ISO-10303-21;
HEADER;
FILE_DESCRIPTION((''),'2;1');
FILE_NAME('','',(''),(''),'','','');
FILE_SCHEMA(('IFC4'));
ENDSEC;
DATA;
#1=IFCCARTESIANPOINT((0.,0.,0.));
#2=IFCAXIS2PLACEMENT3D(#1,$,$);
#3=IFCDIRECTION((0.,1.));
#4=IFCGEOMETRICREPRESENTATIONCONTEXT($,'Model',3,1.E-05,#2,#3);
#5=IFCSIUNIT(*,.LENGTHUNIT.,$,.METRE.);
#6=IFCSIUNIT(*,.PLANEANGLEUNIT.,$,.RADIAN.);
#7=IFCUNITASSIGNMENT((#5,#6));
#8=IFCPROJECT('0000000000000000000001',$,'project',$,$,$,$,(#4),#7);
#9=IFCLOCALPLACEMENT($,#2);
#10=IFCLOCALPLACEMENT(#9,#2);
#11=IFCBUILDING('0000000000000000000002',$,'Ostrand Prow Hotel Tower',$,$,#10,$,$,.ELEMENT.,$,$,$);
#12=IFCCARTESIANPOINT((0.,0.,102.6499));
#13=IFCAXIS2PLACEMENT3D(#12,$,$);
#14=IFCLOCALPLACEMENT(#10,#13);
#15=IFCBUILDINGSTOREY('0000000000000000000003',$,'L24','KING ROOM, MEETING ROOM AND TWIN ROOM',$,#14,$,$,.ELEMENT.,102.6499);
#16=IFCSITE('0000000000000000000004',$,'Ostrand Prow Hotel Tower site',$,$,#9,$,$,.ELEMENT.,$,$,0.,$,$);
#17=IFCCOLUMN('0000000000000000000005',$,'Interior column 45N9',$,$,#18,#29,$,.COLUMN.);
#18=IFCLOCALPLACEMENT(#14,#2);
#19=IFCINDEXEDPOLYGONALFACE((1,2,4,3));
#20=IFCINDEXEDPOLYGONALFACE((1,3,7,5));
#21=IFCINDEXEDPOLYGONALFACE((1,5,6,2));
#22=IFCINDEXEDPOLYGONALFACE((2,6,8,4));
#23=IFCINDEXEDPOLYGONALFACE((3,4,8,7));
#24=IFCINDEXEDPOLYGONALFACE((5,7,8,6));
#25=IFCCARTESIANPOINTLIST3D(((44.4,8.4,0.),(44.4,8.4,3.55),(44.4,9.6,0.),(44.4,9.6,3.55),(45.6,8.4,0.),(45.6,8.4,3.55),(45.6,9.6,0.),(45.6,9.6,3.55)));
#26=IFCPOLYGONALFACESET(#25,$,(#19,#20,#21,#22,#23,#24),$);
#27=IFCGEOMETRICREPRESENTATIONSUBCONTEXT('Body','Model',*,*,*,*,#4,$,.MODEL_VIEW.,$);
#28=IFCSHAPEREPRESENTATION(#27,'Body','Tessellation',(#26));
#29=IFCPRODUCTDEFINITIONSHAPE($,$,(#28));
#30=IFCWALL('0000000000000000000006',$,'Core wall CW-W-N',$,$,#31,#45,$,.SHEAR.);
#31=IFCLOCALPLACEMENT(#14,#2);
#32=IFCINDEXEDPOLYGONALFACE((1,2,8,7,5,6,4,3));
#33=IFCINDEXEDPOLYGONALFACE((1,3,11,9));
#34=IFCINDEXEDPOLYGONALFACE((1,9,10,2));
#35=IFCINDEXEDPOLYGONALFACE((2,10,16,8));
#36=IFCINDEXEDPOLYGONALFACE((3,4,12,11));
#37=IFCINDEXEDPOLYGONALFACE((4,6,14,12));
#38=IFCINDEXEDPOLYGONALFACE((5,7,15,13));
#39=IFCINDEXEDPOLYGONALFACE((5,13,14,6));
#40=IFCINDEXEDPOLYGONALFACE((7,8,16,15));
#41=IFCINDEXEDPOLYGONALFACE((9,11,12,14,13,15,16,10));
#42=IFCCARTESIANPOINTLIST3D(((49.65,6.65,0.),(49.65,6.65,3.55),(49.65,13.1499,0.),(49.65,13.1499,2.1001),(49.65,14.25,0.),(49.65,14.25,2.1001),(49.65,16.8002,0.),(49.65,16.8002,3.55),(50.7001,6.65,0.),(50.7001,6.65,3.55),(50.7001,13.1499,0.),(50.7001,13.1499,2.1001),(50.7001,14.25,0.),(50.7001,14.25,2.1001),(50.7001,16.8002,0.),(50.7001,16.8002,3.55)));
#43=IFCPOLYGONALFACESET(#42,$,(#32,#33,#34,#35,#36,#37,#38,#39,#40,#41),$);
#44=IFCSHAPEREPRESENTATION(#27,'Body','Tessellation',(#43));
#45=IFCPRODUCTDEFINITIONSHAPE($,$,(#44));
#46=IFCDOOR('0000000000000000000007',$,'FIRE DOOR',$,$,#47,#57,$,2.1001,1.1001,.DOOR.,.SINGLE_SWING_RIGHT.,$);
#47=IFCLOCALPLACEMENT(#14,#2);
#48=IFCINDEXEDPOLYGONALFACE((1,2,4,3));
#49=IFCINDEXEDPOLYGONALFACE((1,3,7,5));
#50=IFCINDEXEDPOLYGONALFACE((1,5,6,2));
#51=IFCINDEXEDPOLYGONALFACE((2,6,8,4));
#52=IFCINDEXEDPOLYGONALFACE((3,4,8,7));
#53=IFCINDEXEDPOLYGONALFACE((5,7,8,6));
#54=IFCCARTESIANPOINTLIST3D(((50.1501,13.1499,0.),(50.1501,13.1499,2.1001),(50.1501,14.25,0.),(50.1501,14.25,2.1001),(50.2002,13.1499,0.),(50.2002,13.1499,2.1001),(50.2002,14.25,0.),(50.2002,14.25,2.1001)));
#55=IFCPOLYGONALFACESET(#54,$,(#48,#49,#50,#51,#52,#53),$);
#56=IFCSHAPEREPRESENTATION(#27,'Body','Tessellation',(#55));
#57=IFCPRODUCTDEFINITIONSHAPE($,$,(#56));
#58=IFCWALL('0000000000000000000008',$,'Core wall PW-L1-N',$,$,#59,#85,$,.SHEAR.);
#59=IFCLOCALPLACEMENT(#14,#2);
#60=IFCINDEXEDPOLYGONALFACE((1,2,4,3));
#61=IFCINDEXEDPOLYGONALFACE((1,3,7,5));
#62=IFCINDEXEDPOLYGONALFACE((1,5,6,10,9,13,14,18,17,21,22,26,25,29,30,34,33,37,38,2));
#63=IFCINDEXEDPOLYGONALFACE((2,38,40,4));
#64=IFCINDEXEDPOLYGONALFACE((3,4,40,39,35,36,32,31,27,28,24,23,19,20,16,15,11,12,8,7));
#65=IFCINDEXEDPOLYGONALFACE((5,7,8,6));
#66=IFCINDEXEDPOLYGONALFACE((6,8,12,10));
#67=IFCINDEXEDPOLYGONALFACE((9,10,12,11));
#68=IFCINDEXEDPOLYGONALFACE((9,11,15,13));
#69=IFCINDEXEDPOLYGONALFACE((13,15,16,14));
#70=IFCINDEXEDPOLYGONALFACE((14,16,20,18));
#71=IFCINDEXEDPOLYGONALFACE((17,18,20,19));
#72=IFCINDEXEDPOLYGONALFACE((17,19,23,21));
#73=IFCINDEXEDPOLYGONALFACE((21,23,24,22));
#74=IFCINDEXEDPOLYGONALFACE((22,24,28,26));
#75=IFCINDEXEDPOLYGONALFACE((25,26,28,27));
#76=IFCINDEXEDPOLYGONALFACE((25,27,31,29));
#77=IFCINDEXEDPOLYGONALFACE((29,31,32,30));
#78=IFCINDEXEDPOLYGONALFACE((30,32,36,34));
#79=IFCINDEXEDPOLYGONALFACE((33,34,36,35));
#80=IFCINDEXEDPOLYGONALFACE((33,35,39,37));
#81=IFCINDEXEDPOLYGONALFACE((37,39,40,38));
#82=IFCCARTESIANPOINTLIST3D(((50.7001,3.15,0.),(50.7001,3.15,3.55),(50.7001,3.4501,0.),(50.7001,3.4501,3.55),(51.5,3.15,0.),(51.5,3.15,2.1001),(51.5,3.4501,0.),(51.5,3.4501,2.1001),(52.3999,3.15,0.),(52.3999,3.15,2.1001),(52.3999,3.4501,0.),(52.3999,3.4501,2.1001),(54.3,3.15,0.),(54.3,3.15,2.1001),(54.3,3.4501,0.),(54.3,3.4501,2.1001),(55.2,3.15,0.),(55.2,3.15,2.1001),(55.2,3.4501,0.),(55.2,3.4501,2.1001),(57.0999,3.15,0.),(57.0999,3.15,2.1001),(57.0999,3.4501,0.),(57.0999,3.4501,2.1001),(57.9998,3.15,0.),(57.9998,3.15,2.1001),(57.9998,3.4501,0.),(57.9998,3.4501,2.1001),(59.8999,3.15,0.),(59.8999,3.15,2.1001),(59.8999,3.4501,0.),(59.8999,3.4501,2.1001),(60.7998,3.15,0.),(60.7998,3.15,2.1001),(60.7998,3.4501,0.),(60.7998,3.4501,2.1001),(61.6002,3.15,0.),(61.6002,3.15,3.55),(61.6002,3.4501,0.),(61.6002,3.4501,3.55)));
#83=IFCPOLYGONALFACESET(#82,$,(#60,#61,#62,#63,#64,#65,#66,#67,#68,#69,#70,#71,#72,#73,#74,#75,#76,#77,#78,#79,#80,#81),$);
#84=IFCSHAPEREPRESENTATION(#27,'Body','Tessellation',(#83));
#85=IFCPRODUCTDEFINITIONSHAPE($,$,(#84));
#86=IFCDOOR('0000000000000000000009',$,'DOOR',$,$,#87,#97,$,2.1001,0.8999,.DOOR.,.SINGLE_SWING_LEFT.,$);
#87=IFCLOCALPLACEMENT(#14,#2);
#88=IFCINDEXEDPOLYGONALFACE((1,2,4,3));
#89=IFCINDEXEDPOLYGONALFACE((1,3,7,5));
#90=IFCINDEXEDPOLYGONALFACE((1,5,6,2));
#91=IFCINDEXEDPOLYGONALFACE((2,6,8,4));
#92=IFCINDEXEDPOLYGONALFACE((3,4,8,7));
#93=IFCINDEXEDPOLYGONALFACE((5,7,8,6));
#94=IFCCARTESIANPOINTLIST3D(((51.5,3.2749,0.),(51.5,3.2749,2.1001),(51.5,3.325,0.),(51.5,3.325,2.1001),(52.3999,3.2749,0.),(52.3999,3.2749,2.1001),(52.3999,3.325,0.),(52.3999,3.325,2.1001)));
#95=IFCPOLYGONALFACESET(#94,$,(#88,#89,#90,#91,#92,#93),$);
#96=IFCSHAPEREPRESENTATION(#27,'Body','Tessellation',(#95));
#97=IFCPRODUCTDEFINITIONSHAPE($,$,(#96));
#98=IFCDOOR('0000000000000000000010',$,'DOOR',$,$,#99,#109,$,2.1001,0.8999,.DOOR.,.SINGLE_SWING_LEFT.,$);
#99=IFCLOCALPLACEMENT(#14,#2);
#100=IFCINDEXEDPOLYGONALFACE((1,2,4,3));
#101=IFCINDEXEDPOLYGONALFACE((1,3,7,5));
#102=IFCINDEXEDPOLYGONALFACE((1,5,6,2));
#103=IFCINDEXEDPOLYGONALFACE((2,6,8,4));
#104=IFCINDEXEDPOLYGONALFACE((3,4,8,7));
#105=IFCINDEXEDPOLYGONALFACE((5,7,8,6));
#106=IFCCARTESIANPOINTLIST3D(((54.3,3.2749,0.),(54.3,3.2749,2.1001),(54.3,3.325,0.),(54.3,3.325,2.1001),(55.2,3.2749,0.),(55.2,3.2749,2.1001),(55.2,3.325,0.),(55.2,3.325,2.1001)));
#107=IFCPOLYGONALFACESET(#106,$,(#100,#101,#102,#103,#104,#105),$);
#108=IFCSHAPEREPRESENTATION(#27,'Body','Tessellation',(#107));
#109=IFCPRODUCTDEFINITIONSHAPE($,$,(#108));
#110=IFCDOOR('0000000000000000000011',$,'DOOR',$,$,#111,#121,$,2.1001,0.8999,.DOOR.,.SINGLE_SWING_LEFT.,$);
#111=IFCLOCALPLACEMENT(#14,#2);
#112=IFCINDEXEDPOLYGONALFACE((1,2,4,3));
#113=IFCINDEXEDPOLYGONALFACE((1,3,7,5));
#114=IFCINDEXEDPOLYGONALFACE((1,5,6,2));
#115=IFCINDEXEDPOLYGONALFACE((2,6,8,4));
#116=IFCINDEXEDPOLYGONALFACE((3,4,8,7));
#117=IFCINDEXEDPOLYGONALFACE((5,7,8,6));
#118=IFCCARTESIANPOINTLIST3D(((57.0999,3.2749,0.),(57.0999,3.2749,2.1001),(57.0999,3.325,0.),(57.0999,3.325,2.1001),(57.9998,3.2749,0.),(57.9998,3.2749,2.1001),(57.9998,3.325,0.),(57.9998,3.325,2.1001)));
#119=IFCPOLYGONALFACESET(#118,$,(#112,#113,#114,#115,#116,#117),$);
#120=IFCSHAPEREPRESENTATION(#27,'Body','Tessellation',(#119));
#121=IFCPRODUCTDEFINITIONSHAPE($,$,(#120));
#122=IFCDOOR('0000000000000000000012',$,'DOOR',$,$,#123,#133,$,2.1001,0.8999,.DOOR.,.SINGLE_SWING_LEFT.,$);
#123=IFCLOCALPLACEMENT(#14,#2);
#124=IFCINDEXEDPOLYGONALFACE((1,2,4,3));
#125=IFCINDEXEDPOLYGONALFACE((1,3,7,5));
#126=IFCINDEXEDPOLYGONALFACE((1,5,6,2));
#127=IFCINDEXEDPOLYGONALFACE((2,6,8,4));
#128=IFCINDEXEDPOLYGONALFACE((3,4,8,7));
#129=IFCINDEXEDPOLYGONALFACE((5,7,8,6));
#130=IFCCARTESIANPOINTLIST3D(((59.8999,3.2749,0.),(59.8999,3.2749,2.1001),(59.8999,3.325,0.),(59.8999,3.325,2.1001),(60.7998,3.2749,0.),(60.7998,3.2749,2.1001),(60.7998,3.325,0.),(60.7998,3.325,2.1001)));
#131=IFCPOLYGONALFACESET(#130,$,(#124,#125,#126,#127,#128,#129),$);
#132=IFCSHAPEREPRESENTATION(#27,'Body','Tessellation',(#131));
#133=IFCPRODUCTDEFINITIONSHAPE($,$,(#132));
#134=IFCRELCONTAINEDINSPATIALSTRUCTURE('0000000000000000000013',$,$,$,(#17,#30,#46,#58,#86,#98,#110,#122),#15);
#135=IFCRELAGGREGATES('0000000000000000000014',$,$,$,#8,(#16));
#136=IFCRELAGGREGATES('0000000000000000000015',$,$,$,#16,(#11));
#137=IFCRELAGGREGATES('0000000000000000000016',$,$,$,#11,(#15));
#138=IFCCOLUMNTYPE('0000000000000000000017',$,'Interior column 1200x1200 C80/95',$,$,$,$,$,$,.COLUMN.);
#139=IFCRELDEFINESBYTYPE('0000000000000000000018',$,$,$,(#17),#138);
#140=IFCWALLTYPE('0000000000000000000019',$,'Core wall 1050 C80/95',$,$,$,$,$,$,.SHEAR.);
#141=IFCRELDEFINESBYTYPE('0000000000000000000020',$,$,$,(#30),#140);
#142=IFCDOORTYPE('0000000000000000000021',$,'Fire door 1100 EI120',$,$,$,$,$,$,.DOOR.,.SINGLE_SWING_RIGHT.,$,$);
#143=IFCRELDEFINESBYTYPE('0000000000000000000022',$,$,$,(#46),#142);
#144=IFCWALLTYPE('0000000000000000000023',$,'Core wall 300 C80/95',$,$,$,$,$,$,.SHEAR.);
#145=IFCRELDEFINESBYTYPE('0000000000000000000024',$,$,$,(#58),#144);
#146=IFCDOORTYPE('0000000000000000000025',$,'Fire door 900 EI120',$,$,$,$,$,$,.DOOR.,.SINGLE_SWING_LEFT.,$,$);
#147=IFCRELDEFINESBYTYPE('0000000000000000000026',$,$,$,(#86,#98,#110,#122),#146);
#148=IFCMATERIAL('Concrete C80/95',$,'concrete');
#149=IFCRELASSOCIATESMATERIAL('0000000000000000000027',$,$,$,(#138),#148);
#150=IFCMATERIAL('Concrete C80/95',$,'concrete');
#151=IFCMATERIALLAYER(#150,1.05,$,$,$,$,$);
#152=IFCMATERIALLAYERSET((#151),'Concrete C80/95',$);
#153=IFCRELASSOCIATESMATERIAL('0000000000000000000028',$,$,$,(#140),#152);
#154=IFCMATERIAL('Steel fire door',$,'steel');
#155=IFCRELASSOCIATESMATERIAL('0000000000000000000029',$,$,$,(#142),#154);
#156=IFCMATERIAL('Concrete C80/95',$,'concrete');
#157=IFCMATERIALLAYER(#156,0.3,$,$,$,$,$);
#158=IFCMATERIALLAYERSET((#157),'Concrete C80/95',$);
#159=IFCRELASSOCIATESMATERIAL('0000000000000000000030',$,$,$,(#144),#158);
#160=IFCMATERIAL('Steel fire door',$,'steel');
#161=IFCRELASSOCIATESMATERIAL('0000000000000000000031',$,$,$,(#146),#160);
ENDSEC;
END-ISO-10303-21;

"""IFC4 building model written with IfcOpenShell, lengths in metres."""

from ifc_helpers import new_model, si_unit, direction, frame, frame_2d, origin, origin_2d, place, context, subcontext, project, spatial, rectangle, extrude, material, layer, layer_set, material_profile, profile_set, type_object, element, fill, save


model = new_model("IFC4")

# Units and contexts
model_context = context("Model", 3, precision=1e-05, world=origin(), true_north=direction((0.0, 1.0)))
body_context = subcontext(model_context, "Body", "Model", "MODEL_VIEW")
ifc_project = project(units=[si_unit("LENGTHUNIT", "METRE"), si_unit("PLANEANGLEUNIT", "RADIAN")], contexts=[model_context])

# Site, building, storey
site_placement = place(None, origin())
site = spatial("IfcSite", under=ifc_project, at=site_placement, Name="Ostrand Prow Hotel Tower site", CompositionType="ELEMENT", RefElevation=0.0)
building_placement = place(site_placement, origin())
building = spatial("IfcBuilding", under=site, at=building_placement, Name="Ostrand Prow Hotel Tower", CompositionType="ELEMENT")
storey_placement = place(building_placement, frame((0.0, 0.0, 102.6499)))
storey = spatial("IfcBuildingStorey", under=building, at=storey_placement, Name="L24", Description="KING ROOM, MEETING ROOM AND TWIN ROOM", CompositionType="ELEMENT", Elevation=102.6499)

# Column
ifc_material_1 = material(Name="Concrete C80/95", Category="concrete")
ifc_material_profile = material_profile(ifc_material_1, rectangle(XDim=1.2, YDim=1.2, at=origin_2d()), Name="RC 1200x1200")
ifc_profile_set = profile_set([ifc_material_profile], Name="Concrete C80/95")
column_type = type_object("IfcColumnType", Name="Interior column 1200x1200 C80/95", PredefinedType="COLUMN", material=ifc_profile_set)
column_placement = place(storey_placement, frame((45.0, 9.0, 0.0), z_axis=(0.0, 0.0, 1.0), x_axis=(1.0, 0.0, 0.0)))
element("IfcColumn", 1, at=column_placement, inside=storey, type_object=column_type, Name="Interior column 45N9", PredefinedType="COLUMN", context=body_context, shape_type="SweptSolid", body=[
    extrude(rectangle(XDim=1.2, YDim=1.2, at=origin_2d()), origin(), (0.0, 0.0, 1.0), 3.55),
])

# Wall, opening, door
ifc_material_2 = material(Name="Concrete C80/95", Category="concrete")
ifc_layer_1 = layer(ifc_material_2, 1.05)
ifc_layer_set_1 = layer_set([ifc_layer_1], Name="Concrete C80/95")
wall_type_1 = type_object("IfcWallType", Name="Core wall 1050 C80/95", PredefinedType="SHEAR", material=ifc_layer_set_1)
wall_1_placement = place(storey_placement, frame((50.175, 6.6499, 0.0), z_axis=(0.0, 0.0, 1.0), x_axis=(0.0, 1.0, 0.0)))
wall_1 = element("IfcWall", 2, at=wall_1_placement, inside=storey, type_object=wall_type_1, Name="Core wall CW-W-N", PredefinedType="SHEAR", context=body_context, shape_type="SweptSolid", body=[
    extrude(rectangle(XDim=10.1501, YDim=1.05, at=frame_2d((5.0752, 0.0))), origin(), (0.0, 0.0, 1.0), 3.55),
])
opening_1_placement = place(wall_1_placement, frame((6.5, 0.0, 0.0)))
opening_1 = element("IfcOpeningElement", 3, at=opening_1_placement, cuts=wall_1, PredefinedType="OPENING", context=body_context, shape_type="SweptSolid", body=[
    extrude(rectangle(XDim=1.1001, YDim=2.1001, at=frame_2d((0.55, 1.05))), frame((0.0, 0.5349, 0.0), z_axis=(0.0, -1.0, 0.0), x_axis=(1.0, 0.0, 0.0)), (0.0, 0.0, 1.0), 1.0701),
])
ifc_material_3 = material(Name="Steel fire door", Category="steel")
door_type_1 = type_object("IfcDoorType", Name="Fire door 1100 EI120", OperationType="SINGLE_SWING_RIGHT", PredefinedType="DOOR", material=ifc_material_3)
door_1_placement = place(opening_1_placement, origin())
door_1 = element("IfcDoor", 4, at=door_1_placement, inside=storey, type_object=door_type_1, Name="FIRE DOOR", OperationType="SINGLE_SWING_RIGHT", OverallHeight=2.1001, OverallWidth=1.1001, PredefinedType="DOOR", context=body_context, shape_type="SweptSolid", body=[
    extrude(rectangle(XDim=1.1001, YDim=2.1001, at=frame_2d((0.55, 1.05))), frame((0.0, 0.0249, 0.0), z_axis=(0.0, -1.0, 0.0), x_axis=(1.0, 0.0, 0.0)), (0.0, 0.0, 1.0), 0.05),
])
fill(opening_1, door_1)

# Wall, openings, doors
ifc_material_4 = material(Name="Concrete C80/95", Category="concrete")
ifc_layer_2 = layer(ifc_material_4, 0.3)
ifc_layer_set_2 = layer_set([ifc_layer_2], Name="Concrete C80/95")
wall_type_2 = type_object("IfcWallType", Name="Core wall 300 C80/95", PredefinedType="SHEAR", material=ifc_layer_set_2)
wall_2_placement = place(storey_placement, frame((50.7, 3.3, 0.0), z_axis=(0.0, 0.0, 1.0), x_axis=(1.0, 0.0, 0.0)))
wall_2 = element("IfcWall", 5, at=wall_2_placement, inside=storey, type_object=wall_type_2, Name="Core wall PW-L1-N", PredefinedType="SHEAR", context=body_context, shape_type="SweptSolid", body=[
    extrude(rectangle(XDim=10.9001, YDim=0.3, at=frame_2d((5.4502, 0.0))), origin(), (0.0, 0.0, 1.0), 3.55),
])
opening_2_placement = place(wall_2_placement, frame((0.8, 0.0, 0.0)))
opening_2 = element("IfcOpeningElement", 6, at=opening_2_placement, cuts=wall_2, PredefinedType="OPENING", context=body_context, shape_type="SweptSolid", body=[
    extrude(rectangle(XDim=0.8999, YDim=2.1001, at=frame_2d((0.45, 1.05))), frame((0.0, 0.1599, 0.0), z_axis=(0.0, -1.0, 0.0), x_axis=(1.0, 0.0, 0.0)), (0.0, 0.0, 1.0), 0.3201),
])
opening_3_placement = place(wall_2_placement, frame((3.6001, 0.0, 0.0)))
opening_3 = element("IfcOpeningElement", 7, at=opening_3_placement, cuts=wall_2, PredefinedType="OPENING", context=body_context, shape_type="SweptSolid", body=[
    extrude(rectangle(XDim=0.8999, YDim=2.1001, at=frame_2d((0.45, 1.05))), frame((0.0, 0.1599, 0.0), z_axis=(0.0, -1.0, 0.0), x_axis=(1.0, 0.0, 0.0)), (0.0, 0.0, 1.0), 0.3201),
])
opening_4_placement = place(wall_2_placement, frame((6.3999, 0.0, 0.0)))
opening_4 = element("IfcOpeningElement", 8, at=opening_4_placement, cuts=wall_2, PredefinedType="OPENING", context=body_context, shape_type="SweptSolid", body=[
    extrude(rectangle(XDim=0.8999, YDim=2.1001, at=frame_2d((0.45, 1.05))), frame((0.0, 0.1599, 0.0), z_axis=(0.0, -1.0, 0.0), x_axis=(1.0, 0.0, 0.0)), (0.0, 0.0, 1.0), 0.3201),
])
opening_5_placement = place(wall_2_placement, frame((9.2, 0.0, 0.0)))
opening_5 = element("IfcOpeningElement", 9, at=opening_5_placement, cuts=wall_2, PredefinedType="OPENING", context=body_context, shape_type="SweptSolid", body=[
    extrude(rectangle(XDim=0.8999, YDim=2.1001, at=frame_2d((0.45, 1.05))), frame((0.0, 0.1599, 0.0), z_axis=(0.0, -1.0, 0.0), x_axis=(1.0, 0.0, 0.0)), (0.0, 0.0, 1.0), 0.3201),
])
ifc_material_5 = material(Name="Steel fire door", Category="steel")
door_type_2 = type_object("IfcDoorType", Name="Fire door 900 EI120", OperationType="SINGLE_SWING_LEFT", PredefinedType="DOOR", material=ifc_material_5)
door_2_placement = place(opening_2_placement, origin())
door_2 = element("IfcDoor", 10, at=door_2_placement, inside=storey, type_object=door_type_2, Name="DOOR", OperationType="SINGLE_SWING_LEFT", OverallHeight=2.1001, OverallWidth=0.8999, PredefinedType="DOOR", context=body_context, shape_type="SweptSolid", body=[
    extrude(rectangle(XDim=0.8999, YDim=2.1001, at=frame_2d((0.45, 1.05))), frame((0.0, 0.0249, 0.0), z_axis=(0.0, -1.0, 0.0), x_axis=(1.0, 0.0, 0.0)), (0.0, 0.0, 1.0), 0.05),
])
fill(opening_2, door_2)
door_3_placement = place(opening_3_placement, origin())
door_3 = element("IfcDoor", 11, at=door_3_placement, inside=storey, type_object=door_type_2, Name="DOOR", OperationType="SINGLE_SWING_LEFT", OverallHeight=2.1001, OverallWidth=0.8999, PredefinedType="DOOR", context=body_context, shape_type="SweptSolid", body=[
    extrude(rectangle(XDim=0.8999, YDim=2.1001, at=frame_2d((0.45, 1.05))), frame((0.0, 0.0249, 0.0), z_axis=(0.0, -1.0, 0.0), x_axis=(1.0, 0.0, 0.0)), (0.0, 0.0, 1.0), 0.05),
])
fill(opening_3, door_3)
door_4_placement = place(opening_4_placement, origin())
door_4 = element("IfcDoor", 12, at=door_4_placement, inside=storey, type_object=door_type_2, Name="DOOR", OperationType="SINGLE_SWING_LEFT", OverallHeight=2.1001, OverallWidth=0.8999, PredefinedType="DOOR", context=body_context, shape_type="SweptSolid", body=[
    extrude(rectangle(XDim=0.8999, YDim=2.1001, at=frame_2d((0.45, 1.05))), frame((0.0, 0.0249, 0.0), z_axis=(0.0, -1.0, 0.0), x_axis=(1.0, 0.0, 0.0)), (0.0, 0.0, 1.0), 0.05),
])
fill(opening_4, door_4)
door_5_placement = place(opening_5_placement, origin())
door_5 = element("IfcDoor", 13, at=door_5_placement, inside=storey, type_object=door_type_2, Name="DOOR", OperationType="SINGLE_SWING_LEFT", OverallHeight=2.1001, OverallWidth=0.8999, PredefinedType="DOOR", context=body_context, shape_type="SweptSolid", body=[
    extrude(rectangle(XDim=0.8999, YDim=2.1001, at=frame_2d((0.45, 1.05))), frame((0.0, 0.0249, 0.0), z_axis=(0.0, -1.0, 0.0), x_axis=(1.0, 0.0, 0.0)), (0.0, 0.0, 1.0), 0.05),
])
fill(opening_5, door_5)

save(model, "model.ifc")
